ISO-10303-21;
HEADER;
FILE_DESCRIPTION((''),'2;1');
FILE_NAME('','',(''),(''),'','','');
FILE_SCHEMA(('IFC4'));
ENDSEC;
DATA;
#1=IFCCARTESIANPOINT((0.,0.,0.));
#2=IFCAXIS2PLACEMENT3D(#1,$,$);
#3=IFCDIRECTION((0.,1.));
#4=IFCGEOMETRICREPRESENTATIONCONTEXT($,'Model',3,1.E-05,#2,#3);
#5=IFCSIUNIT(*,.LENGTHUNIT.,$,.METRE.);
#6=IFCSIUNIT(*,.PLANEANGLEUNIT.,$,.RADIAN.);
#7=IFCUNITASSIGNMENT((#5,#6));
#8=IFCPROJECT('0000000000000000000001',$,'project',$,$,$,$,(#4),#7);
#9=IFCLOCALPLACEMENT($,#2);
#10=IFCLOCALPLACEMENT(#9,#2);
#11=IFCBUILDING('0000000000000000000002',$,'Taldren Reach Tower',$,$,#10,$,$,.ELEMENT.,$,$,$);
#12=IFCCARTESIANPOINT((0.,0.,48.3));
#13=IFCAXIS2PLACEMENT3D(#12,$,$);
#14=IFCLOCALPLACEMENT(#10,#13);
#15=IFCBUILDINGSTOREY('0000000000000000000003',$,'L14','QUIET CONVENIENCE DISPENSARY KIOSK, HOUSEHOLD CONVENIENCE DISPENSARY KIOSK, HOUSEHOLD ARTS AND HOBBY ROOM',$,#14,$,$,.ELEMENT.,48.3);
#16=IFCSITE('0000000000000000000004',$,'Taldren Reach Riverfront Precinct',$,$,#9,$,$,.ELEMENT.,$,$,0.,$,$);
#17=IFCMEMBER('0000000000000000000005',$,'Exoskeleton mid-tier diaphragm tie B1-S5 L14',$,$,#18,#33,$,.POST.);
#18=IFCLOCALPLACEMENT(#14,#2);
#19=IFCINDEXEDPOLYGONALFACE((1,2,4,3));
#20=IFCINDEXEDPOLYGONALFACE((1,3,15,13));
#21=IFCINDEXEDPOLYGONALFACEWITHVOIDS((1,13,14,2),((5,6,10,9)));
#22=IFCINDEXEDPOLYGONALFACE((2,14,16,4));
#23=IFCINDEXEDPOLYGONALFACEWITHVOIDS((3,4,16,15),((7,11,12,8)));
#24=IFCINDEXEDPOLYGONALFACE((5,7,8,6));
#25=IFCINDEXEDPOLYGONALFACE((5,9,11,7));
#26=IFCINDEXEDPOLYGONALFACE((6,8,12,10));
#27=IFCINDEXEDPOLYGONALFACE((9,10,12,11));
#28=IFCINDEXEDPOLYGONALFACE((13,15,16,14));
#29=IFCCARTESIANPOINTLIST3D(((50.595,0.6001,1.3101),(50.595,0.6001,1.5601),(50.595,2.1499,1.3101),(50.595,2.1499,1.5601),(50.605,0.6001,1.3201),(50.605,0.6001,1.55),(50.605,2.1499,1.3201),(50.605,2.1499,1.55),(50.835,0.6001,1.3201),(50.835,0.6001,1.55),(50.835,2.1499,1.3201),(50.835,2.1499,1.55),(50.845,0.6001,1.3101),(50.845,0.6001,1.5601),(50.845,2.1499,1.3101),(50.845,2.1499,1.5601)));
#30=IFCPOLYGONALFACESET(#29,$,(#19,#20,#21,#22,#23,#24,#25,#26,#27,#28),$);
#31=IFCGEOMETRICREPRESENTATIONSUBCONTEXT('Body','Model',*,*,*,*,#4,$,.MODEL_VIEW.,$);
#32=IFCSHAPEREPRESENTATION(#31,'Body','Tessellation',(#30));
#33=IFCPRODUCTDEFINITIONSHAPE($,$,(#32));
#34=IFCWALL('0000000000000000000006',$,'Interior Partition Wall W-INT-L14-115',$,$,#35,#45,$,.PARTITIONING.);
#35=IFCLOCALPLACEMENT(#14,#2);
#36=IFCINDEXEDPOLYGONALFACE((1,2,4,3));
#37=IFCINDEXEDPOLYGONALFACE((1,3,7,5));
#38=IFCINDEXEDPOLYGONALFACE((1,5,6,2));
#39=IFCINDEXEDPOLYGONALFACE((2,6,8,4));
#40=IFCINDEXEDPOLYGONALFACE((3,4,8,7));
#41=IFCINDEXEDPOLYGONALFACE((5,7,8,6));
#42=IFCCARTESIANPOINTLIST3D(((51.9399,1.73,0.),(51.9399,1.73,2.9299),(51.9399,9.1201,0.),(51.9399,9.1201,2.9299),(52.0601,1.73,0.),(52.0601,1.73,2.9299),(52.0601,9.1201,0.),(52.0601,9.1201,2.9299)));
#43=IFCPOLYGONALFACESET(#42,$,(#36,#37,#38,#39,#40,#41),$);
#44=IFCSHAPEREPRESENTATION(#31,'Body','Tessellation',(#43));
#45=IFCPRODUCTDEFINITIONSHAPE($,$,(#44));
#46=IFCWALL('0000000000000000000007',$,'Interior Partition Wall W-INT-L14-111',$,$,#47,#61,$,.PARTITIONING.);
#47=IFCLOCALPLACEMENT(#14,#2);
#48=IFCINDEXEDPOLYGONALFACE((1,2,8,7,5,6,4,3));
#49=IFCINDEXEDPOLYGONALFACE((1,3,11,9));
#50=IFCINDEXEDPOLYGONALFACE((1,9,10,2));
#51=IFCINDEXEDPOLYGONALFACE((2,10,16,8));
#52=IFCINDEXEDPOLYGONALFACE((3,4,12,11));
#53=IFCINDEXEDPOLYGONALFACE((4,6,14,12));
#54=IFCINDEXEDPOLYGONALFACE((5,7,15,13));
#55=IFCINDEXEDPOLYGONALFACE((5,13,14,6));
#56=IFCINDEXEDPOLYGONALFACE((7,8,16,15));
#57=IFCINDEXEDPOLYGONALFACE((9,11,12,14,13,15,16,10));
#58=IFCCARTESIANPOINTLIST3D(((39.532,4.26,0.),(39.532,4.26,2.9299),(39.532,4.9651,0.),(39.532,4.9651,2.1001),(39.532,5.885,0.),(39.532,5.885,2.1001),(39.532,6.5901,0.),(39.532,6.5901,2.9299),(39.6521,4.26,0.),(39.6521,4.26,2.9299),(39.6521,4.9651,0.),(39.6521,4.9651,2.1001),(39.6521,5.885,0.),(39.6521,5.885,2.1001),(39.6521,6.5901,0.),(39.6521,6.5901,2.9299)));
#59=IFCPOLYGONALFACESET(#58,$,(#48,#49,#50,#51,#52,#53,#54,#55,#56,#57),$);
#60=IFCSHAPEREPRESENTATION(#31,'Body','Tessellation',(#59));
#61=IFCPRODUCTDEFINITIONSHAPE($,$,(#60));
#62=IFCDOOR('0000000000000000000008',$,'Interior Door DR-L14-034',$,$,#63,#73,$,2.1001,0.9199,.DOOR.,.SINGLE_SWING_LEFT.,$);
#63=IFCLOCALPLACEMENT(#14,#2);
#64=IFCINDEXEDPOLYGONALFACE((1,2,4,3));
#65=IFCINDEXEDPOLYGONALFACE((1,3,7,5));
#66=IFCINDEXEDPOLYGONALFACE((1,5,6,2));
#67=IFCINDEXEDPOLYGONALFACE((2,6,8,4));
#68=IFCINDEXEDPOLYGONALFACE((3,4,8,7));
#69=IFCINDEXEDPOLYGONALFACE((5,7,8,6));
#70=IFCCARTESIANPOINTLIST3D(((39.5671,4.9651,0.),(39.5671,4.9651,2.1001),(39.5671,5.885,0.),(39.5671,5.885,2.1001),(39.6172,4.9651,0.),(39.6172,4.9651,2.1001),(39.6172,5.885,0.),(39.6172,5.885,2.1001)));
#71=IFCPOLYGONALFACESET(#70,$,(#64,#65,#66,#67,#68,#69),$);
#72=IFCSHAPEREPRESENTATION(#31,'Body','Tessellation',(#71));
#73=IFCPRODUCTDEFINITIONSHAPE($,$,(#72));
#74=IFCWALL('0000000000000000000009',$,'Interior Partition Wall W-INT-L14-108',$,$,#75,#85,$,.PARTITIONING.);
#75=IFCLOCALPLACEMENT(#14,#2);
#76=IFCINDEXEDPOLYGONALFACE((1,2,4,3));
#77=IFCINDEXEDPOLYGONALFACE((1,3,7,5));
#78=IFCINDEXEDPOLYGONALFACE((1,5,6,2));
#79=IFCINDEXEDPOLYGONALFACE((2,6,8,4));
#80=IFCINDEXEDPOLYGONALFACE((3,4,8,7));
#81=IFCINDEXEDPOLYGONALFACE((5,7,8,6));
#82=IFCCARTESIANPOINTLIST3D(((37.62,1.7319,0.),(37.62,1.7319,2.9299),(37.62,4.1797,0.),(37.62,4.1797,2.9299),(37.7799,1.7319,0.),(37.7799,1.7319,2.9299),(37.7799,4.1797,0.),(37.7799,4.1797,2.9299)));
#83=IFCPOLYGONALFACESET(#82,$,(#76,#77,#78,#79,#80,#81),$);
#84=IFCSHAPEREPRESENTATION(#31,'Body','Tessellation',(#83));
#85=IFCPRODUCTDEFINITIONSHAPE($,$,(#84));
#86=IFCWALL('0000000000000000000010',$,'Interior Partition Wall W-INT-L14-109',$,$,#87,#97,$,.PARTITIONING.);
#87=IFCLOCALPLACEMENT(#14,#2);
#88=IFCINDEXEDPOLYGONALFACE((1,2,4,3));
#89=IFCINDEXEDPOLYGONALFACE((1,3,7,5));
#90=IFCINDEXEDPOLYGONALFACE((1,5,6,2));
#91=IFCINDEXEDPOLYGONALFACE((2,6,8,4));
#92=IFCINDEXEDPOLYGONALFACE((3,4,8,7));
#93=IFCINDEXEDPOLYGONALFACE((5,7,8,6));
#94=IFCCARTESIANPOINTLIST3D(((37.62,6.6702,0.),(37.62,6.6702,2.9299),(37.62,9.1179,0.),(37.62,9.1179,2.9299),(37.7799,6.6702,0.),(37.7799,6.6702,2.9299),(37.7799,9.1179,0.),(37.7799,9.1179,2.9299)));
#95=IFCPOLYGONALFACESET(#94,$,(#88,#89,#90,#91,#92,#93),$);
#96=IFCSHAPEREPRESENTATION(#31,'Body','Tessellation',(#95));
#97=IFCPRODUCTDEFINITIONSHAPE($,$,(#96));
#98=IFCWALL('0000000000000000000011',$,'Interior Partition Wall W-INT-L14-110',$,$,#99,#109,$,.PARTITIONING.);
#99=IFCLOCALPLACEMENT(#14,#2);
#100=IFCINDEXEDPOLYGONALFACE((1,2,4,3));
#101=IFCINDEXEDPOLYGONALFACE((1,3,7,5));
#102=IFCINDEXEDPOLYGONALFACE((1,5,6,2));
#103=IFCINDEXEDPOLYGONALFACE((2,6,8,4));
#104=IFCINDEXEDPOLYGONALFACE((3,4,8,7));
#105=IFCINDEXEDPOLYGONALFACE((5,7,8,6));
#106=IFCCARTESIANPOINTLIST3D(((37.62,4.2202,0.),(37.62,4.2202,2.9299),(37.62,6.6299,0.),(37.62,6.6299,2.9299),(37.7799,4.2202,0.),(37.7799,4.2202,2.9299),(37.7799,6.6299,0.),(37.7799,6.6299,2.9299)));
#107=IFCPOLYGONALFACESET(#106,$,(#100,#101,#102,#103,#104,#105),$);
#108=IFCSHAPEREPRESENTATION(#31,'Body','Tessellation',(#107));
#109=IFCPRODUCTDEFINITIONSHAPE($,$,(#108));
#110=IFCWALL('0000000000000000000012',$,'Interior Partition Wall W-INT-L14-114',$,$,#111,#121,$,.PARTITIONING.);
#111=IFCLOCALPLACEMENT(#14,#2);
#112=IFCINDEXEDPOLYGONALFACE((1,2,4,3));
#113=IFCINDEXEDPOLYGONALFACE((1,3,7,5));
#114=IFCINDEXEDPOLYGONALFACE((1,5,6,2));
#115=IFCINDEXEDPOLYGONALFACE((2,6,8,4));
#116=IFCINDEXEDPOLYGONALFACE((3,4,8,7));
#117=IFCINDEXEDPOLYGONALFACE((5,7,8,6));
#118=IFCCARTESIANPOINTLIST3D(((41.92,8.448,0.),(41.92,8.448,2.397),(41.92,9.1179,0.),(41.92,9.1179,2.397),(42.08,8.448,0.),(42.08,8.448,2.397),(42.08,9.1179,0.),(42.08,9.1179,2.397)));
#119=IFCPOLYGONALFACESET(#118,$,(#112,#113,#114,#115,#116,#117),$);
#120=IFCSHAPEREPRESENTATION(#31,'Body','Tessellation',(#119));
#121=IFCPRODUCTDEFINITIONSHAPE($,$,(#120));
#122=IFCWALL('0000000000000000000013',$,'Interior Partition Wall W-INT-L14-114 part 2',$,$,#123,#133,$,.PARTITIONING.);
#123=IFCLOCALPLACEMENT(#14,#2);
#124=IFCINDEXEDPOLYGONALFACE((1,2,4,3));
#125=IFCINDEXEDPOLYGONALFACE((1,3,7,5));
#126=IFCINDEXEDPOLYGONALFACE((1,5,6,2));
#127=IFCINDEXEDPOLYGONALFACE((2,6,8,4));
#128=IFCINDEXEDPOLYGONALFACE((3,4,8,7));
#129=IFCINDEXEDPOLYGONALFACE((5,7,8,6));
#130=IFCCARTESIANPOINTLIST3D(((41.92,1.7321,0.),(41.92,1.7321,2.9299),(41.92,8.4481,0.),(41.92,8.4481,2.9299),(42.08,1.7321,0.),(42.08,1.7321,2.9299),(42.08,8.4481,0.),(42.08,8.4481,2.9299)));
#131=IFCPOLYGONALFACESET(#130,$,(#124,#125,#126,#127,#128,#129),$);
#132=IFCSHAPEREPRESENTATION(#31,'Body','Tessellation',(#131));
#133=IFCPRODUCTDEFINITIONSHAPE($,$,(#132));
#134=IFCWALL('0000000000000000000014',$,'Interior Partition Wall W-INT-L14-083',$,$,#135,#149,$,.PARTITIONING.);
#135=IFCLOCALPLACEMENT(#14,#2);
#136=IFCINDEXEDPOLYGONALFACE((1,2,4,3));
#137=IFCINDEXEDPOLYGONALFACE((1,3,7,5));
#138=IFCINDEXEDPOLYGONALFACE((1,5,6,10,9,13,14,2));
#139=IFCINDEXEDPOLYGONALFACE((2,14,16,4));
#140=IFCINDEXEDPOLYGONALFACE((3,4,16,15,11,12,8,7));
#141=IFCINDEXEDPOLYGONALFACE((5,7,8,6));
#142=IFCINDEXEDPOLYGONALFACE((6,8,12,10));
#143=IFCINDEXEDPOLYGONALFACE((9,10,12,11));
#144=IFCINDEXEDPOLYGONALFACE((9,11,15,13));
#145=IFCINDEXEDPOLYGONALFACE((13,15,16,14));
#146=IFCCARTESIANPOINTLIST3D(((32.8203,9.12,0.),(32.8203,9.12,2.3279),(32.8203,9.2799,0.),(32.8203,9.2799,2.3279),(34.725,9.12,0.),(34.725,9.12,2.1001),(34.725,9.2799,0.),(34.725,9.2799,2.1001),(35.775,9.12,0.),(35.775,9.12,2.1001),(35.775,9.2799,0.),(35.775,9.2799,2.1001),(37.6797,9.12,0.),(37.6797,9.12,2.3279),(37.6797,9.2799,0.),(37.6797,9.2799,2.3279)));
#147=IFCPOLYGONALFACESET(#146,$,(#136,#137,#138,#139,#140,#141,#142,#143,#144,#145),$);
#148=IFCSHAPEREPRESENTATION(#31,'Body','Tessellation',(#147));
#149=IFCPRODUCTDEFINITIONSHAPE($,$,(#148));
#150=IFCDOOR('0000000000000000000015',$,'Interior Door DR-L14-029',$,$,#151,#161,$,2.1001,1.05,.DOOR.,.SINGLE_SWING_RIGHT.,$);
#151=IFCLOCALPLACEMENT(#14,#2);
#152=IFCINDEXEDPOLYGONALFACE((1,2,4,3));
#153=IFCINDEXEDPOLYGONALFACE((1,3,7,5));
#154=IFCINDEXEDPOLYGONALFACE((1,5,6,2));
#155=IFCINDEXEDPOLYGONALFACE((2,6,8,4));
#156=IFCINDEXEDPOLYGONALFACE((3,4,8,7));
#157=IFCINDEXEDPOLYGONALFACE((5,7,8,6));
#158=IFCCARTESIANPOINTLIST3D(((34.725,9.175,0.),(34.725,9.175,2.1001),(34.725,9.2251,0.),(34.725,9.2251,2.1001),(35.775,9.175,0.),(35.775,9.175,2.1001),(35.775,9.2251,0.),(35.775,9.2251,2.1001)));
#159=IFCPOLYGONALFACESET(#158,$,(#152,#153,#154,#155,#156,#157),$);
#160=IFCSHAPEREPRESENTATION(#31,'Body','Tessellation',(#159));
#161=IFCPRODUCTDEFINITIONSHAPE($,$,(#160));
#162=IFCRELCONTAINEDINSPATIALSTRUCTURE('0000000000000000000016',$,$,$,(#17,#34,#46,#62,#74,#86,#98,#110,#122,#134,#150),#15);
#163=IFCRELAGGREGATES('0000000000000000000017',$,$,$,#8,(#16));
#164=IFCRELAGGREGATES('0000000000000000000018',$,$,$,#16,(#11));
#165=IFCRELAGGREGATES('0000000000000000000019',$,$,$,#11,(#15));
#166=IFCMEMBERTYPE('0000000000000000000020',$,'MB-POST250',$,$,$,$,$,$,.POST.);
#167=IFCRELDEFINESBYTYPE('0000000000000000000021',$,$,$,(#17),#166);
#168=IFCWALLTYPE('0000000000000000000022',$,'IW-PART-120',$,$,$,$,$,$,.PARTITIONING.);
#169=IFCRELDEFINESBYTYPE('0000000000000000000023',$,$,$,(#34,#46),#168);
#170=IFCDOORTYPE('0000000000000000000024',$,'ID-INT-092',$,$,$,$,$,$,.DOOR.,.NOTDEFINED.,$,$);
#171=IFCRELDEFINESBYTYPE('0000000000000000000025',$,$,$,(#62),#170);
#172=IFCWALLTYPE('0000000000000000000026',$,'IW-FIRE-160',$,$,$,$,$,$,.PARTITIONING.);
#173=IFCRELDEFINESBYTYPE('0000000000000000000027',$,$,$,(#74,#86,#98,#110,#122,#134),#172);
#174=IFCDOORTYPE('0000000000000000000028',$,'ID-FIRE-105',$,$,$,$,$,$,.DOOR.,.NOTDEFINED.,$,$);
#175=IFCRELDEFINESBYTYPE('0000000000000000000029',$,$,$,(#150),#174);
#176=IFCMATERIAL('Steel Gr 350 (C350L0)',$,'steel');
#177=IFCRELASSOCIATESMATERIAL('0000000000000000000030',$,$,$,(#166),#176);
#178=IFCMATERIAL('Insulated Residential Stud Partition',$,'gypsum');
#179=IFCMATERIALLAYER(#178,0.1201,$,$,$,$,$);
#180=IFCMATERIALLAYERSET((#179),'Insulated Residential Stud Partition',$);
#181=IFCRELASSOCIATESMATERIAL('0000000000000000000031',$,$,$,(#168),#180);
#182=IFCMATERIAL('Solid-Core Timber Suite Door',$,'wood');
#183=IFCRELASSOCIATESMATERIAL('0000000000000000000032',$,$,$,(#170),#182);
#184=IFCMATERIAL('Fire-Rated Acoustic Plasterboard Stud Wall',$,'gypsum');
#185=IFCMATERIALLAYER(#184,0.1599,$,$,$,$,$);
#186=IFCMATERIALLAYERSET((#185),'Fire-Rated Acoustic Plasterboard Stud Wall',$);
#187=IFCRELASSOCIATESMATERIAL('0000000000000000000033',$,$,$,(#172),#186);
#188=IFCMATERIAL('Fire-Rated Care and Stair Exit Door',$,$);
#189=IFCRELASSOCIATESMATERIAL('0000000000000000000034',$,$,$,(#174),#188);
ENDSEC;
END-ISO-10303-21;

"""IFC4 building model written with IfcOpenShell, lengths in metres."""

from ifc_helpers import new_model, si_unit, direction, frame, frame_2d, origin, origin_2d, place, context, subcontext, project, spatial, rectangle, hollow_rectangle, extrude, source, transform, mapped, material, layer, layer_set, material_profile, profile_set, type_object, element, fill, save


model = new_model("IFC4")

# Units and contexts
model_context = context("Model", 3, precision=1e-05, world=origin(), true_north=direction((0.0, 1.0)))
body_context = subcontext(model_context, "Body", "Model", "MODEL_VIEW")
ifc_project = project(units=[si_unit("LENGTHUNIT", "METRE"), si_unit("PLANEANGLEUNIT", "RADIAN")], contexts=[model_context])

# Site, building, storey
site_placement = place(None, origin())
site = spatial("IfcSite", under=ifc_project, at=site_placement, Name="Taldren Reach Riverfront Precinct", CompositionType="ELEMENT", RefElevation=0.0)
building_placement = place(site_placement, origin())
building = spatial("IfcBuilding", under=site, at=building_placement, Name="Taldren Reach Tower", CompositionType="ELEMENT")
storey_placement = place(building_placement, frame((0.0, 0.0, 48.3)))
storey = spatial("IfcBuildingStorey", under=building, at=storey_placement, Name="L14", Description="QUIET CONVENIENCE DISPENSARY KIOSK, HOUSEHOLD CONVENIENCE DISPENSARY KIOSK, HOUSEHOLD ARTS AND HOBBY ROOM", CompositionType="ELEMENT", Elevation=48.3)

# Member
ifc_material_1 = material(Name="Steel Gr 350 (C350L0)", Category="steel")
ifc_material_profile_1 = material_profile(ifc_material_1, hollow_rectangle(XDim=0.25, YDim=0.25, WallThickness=0.01, at=origin_2d()), Name="250x250x10.0SHS")
ifc_profile_set_1 = profile_set([ifc_material_profile_1], Name="Steel Gr 350 (C350L0)")
member_type_1 = type_object("IfcMemberType", Name="MB-POST250", PredefinedType="POST", material=ifc_profile_set_1)
shared_shape_1 = source(origin(), body_context, "Body", "SweptSolid", [
    extrude(hollow_rectangle(XDim=0.25, YDim=0.25, WallThickness=0.01, at=origin_2d()), origin(), (0.0, 0.0, 1.0), 1.5498),
])
for number, where, z_axis, x_axis, name in (
    (1, (50.72, 2.1499, 1.4351), (0.0, -1.0, 0.0), (1.0, 0.0, 0.0), "Exoskeleton mid-tier diaphragm tie B1-S5 L14"),
):
    element("IfcMember", number, at=place(storey_placement, frame(where, z_axis=z_axis, x_axis=x_axis)), inside=storey, type_object=member_type_1, Name=name, PredefinedType="POST", context=body_context, shape_type="MappedRepresentation", body=[
        mapped(shared_shape_1, transform((0.0, 0.0, 0.0), scale=1.0)),
    ])

# Wall
ifc_material_2 = material(Name="Insulated Residential Stud Partition", Category="gypsum")
ifc_layer_1 = layer(ifc_material_2, 0.1201)
ifc_layer_set_1 = layer_set([ifc_layer_1], Name="Insulated Residential Stud Partition")
wall_type_1 = type_object("IfcWallType", Name="IW-PART-120", PredefinedType="PARTITIONING", material=ifc_layer_set_1)
shared_shape_2 = source(origin(), body_context, "Body", "SweptSolid", [
    extrude(rectangle(XDim=7.3901, YDim=0.1201, at=frame_2d((3.6951, 0.0))), origin(), (0.0, 0.0, 1.0), 2.9299),
])
wall_1_placement = place(storey_placement, frame((52.0, 9.1201, 0.0), z_axis=(0.0, 0.0, 1.0), x_axis=(0.0, -1.0, 0.0)))
element("IfcWall", 2, at=wall_1_placement, inside=storey, type_object=wall_type_1, Name="Interior Partition Wall W-INT-L14-115", PredefinedType="PARTITIONING", context=body_context, shape_type="MappedRepresentation", body=[
    mapped(shared_shape_2, transform((0.0, 0.0, 0.0), scale=1.0)),
])

# Wall, opening, door
shared_shape_3 = source(origin(), body_context, "Body", "SweptSolid", [
    extrude(rectangle(XDim=2.3301, YDim=0.1201, at=frame_2d((1.165, 0.0))), origin(), (0.0, 0.0, 1.0), 2.9299),
])
wall_2_placement = place(storey_placement, frame((39.592, 4.26, 0.0), z_axis=(0.0, 0.0, 1.0), x_axis=(0.0, 1.0, 0.0)))
wall_2 = element("IfcWall", 3, at=wall_2_placement, inside=storey, type_object=wall_type_1, Name="Interior Partition Wall W-INT-L14-111", PredefinedType="PARTITIONING", context=body_context, shape_type="MappedRepresentation", body=[
    mapped(shared_shape_3, transform((0.0, 0.0, 0.0), scale=1.0)),
])
shared_shape_4 = source(origin(), body_context, "Body", "SweptSolid", [
    extrude(rectangle(XDim=0.9199, YDim=2.1001, at=frame_2d((0.46, 1.05))), frame((0.0, 0.0701, 0.0), z_axis=(0.0, -1.0, 0.0), x_axis=(1.0, 0.0, 0.0)), (0.0, 0.0, 1.0), 0.1401),
])
opening_1_placement = place(wall_2_placement, frame((0.7051, 0.0, 0.0)))
opening_1 = element("IfcOpeningElement", 4, at=opening_1_placement, cuts=wall_2, PredefinedType="OPENING", context=body_context, shape_type="MappedRepresentation", body=[
    mapped(shared_shape_4, transform((0.0, 0.0, 0.0), scale=1.0)),
])
ifc_material_3 = material(Name="Solid-Core Timber Suite Door", Category="wood")
door_type_1 = type_object("IfcDoorType", Name="ID-INT-092", OperationType="NOTDEFINED", PredefinedType="DOOR", material=ifc_material_3)
shared_shape_5 = source(origin(), body_context, "Body", "SweptSolid", [
    extrude(rectangle(XDim=0.9199, YDim=2.1001, at=frame_2d((0.46, 1.05))), frame((0.0, 0.0249, 0.0), z_axis=(0.0, -1.0, 0.0), x_axis=(1.0, 0.0, 0.0)), (0.0, 0.0, 1.0), 0.05),
])
door_1_placement = place(opening_1_placement, origin())
door_1 = element("IfcDoor", 5, at=door_1_placement, inside=storey, type_object=door_type_1, Name="Interior Door DR-L14-034", OperationType="SINGLE_SWING_LEFT", OverallHeight=2.1001, OverallWidth=0.9199, PredefinedType="DOOR", context=body_context, shape_type="MappedRepresentation", body=[
    mapped(shared_shape_5, transform((0.0, 0.0, 0.0), scale=1.0)),
])
fill(opening_1, door_1)

# Walls
ifc_material_4 = material(Name="Fire-Rated Acoustic Plasterboard Stud Wall", Category="gypsum")
ifc_layer_2 = layer(ifc_material_4, 0.1599)
ifc_layer_set_2 = layer_set([ifc_layer_2], Name="Fire-Rated Acoustic Plasterboard Stud Wall")
wall_type_2 = type_object("IfcWallType", Name="IW-FIRE-160", PredefinedType="PARTITIONING", material=ifc_layer_set_2)
shared_shape_6 = source(origin(), body_context, "Body", "SweptSolid", [
    extrude(rectangle(XDim=2.4478, YDim=0.1599, at=frame_2d((1.2239, 0.0))), origin(), (0.0, 0.0, 1.0), 2.9299),
])
for number, where, z_axis, x_axis, name in (
    (6, (37.7, 4.1797, 0.0), (0.0, 0.0, 1.0), (0.0, -1.0, 0.0), "Interior Partition Wall W-INT-L14-108"),
    (7, (37.7, 9.1179, 0.0), (0.0, 0.0, 1.0), (0.0, -1.0, 0.0), "Interior Partition Wall W-INT-L14-109"),
):
    element("IfcWall", number, at=place(storey_placement, frame(where, z_axis=z_axis, x_axis=x_axis)), inside=storey, type_object=wall_type_2, Name=name, PredefinedType="PARTITIONING", context=body_context, shape_type="MappedRepresentation", body=[
        mapped(shared_shape_6, transform((0.0, 0.0, 0.0), scale=1.0)),
    ])
shared_shape_7 = source(origin(), body_context, "Body", "SweptSolid", [
    extrude(rectangle(XDim=2.4097, YDim=0.1599, at=frame_2d((1.2048, 0.0))), origin(), (0.0, 0.0, 1.0), 2.9299),
])
wall_3_placement = place(storey_placement, frame((37.7, 6.6299, 0.0), z_axis=(0.0, 0.0, 1.0), x_axis=(0.0, -1.0, 0.0)))
element("IfcWall", 8, at=wall_3_placement, inside=storey, type_object=wall_type_2, Name="Interior Partition Wall W-INT-L14-110", PredefinedType="PARTITIONING", context=body_context, shape_type="MappedRepresentation", body=[
    mapped(shared_shape_7, transform((0.0, 0.0, 0.0), scale=1.0)),
])
shared_shape_8 = source(origin(), body_context, "Body", "SweptSolid", [
    extrude(rectangle(XDim=0.6699, YDim=0.1599, at=frame_2d((0.335, 0.0))), origin(), (0.0, 0.0, 1.0), 2.397),
])
wall_4_placement = place(storey_placement, frame((42.0, 9.1179, 0.0), z_axis=(0.0, 0.0, 1.0), x_axis=(0.0, -1.0, 0.0)))
element("IfcWall", 9, at=wall_4_placement, inside=storey, type_object=wall_type_2, Name="Interior Partition Wall W-INT-L14-114", PredefinedType="PARTITIONING", context=body_context, shape_type="MappedRepresentation", body=[
    mapped(shared_shape_8, transform((0.0, 0.0, 0.0), scale=1.0)),
])
shared_shape_9 = source(origin(), body_context, "Body", "SweptSolid", [
    extrude(rectangle(XDim=6.7161, YDim=0.1599, at=frame_2d((3.3579, 0.0))), origin(), (0.0, 0.0, 1.0), 2.9299),
])
wall_5_placement = place(storey_placement, frame((42.0, 8.448, 0.0), z_axis=(0.0, 0.0, 1.0), x_axis=(0.0, -1.0, 0.0)))
element("IfcWall", 10, at=wall_5_placement, inside=storey, type_object=wall_type_2, Name="Interior Partition Wall W-INT-L14-114 part 2", PredefinedType="PARTITIONING", context=body_context, shape_type="MappedRepresentation", body=[
    mapped(shared_shape_9, transform((0.0, 0.0, 0.0), scale=1.0)),
])

# Wall, opening, door
shared_shape_10 = source(origin(), body_context, "Body", "SweptSolid", [
    extrude(rectangle(XDim=4.8594, YDim=0.1599, at=frame_2d((2.4297, 0.0))), origin(), (0.0, 0.0, 1.0), 2.3279),
])
wall_6_placement = place(storey_placement, frame((37.6797, 9.2, 0.0), z_axis=(0.0, 0.0, 1.0), x_axis=(-1.0, 0.0, 0.0)))
wall_6 = element("IfcWall", 11, at=wall_6_placement, inside=storey, type_object=wall_type_2, Name="Interior Partition Wall W-INT-L14-083", PredefinedType="PARTITIONING", context=body_context, shape_type="MappedRepresentation", body=[
    mapped(shared_shape_10, transform((0.0, 0.0, 0.0), scale=1.0)),
])
shared_shape_11 = source(origin(), body_context, "Body", "SweptSolid", [
    extrude(rectangle(XDim=1.05, YDim=2.1001, at=frame_2d((0.5249, 1.05))), frame((0.0, 0.0898, 0.0), z_axis=(0.0, -1.0, 0.0), x_axis=(1.0, 0.0, 0.0)), (0.0, 0.0, 1.0), 0.1799),
])
opening_2_placement = place(wall_6_placement, frame((1.9048, 0.0, 0.0)))
opening_2 = element("IfcOpeningElement", 12, at=opening_2_placement, cuts=wall_6, PredefinedType="OPENING", context=body_context, shape_type="MappedRepresentation", body=[
    mapped(shared_shape_11, transform((0.0, 0.0, 0.0), scale=1.0)),
])
ifc_material_5 = material(Name="Fire-Rated Care and Stair Exit Door")
door_type_2 = type_object("IfcDoorType", Name="ID-FIRE-105", OperationType="NOTDEFINED", PredefinedType="DOOR", material=ifc_material_5)
shared_shape_12 = source(origin(), body_context, "Body", "SweptSolid", [
    extrude(rectangle(XDim=1.05, YDim=2.1001, at=frame_2d((0.5249, 1.05))), frame((0.0, 0.0249, 0.0), z_axis=(0.0, -1.0, 0.0), x_axis=(1.0, 0.0, 0.0)), (0.0, 0.0, 1.0), 0.05),
])
door_2_placement = place(opening_2_placement, origin())
door_2 = element("IfcDoor", 13, at=door_2_placement, inside=storey, type_object=door_type_2, Name="Interior Door DR-L14-029", OperationType="SINGLE_SWING_RIGHT", OverallHeight=2.1001, OverallWidth=1.05, PredefinedType="DOOR", context=body_context, shape_type="MappedRepresentation", body=[
    mapped(shared_shape_12, transform((0.0, 0.0, 0.0), scale=1.0)),
])
fill(opening_2, door_2)

save(model, "model.ifc")
